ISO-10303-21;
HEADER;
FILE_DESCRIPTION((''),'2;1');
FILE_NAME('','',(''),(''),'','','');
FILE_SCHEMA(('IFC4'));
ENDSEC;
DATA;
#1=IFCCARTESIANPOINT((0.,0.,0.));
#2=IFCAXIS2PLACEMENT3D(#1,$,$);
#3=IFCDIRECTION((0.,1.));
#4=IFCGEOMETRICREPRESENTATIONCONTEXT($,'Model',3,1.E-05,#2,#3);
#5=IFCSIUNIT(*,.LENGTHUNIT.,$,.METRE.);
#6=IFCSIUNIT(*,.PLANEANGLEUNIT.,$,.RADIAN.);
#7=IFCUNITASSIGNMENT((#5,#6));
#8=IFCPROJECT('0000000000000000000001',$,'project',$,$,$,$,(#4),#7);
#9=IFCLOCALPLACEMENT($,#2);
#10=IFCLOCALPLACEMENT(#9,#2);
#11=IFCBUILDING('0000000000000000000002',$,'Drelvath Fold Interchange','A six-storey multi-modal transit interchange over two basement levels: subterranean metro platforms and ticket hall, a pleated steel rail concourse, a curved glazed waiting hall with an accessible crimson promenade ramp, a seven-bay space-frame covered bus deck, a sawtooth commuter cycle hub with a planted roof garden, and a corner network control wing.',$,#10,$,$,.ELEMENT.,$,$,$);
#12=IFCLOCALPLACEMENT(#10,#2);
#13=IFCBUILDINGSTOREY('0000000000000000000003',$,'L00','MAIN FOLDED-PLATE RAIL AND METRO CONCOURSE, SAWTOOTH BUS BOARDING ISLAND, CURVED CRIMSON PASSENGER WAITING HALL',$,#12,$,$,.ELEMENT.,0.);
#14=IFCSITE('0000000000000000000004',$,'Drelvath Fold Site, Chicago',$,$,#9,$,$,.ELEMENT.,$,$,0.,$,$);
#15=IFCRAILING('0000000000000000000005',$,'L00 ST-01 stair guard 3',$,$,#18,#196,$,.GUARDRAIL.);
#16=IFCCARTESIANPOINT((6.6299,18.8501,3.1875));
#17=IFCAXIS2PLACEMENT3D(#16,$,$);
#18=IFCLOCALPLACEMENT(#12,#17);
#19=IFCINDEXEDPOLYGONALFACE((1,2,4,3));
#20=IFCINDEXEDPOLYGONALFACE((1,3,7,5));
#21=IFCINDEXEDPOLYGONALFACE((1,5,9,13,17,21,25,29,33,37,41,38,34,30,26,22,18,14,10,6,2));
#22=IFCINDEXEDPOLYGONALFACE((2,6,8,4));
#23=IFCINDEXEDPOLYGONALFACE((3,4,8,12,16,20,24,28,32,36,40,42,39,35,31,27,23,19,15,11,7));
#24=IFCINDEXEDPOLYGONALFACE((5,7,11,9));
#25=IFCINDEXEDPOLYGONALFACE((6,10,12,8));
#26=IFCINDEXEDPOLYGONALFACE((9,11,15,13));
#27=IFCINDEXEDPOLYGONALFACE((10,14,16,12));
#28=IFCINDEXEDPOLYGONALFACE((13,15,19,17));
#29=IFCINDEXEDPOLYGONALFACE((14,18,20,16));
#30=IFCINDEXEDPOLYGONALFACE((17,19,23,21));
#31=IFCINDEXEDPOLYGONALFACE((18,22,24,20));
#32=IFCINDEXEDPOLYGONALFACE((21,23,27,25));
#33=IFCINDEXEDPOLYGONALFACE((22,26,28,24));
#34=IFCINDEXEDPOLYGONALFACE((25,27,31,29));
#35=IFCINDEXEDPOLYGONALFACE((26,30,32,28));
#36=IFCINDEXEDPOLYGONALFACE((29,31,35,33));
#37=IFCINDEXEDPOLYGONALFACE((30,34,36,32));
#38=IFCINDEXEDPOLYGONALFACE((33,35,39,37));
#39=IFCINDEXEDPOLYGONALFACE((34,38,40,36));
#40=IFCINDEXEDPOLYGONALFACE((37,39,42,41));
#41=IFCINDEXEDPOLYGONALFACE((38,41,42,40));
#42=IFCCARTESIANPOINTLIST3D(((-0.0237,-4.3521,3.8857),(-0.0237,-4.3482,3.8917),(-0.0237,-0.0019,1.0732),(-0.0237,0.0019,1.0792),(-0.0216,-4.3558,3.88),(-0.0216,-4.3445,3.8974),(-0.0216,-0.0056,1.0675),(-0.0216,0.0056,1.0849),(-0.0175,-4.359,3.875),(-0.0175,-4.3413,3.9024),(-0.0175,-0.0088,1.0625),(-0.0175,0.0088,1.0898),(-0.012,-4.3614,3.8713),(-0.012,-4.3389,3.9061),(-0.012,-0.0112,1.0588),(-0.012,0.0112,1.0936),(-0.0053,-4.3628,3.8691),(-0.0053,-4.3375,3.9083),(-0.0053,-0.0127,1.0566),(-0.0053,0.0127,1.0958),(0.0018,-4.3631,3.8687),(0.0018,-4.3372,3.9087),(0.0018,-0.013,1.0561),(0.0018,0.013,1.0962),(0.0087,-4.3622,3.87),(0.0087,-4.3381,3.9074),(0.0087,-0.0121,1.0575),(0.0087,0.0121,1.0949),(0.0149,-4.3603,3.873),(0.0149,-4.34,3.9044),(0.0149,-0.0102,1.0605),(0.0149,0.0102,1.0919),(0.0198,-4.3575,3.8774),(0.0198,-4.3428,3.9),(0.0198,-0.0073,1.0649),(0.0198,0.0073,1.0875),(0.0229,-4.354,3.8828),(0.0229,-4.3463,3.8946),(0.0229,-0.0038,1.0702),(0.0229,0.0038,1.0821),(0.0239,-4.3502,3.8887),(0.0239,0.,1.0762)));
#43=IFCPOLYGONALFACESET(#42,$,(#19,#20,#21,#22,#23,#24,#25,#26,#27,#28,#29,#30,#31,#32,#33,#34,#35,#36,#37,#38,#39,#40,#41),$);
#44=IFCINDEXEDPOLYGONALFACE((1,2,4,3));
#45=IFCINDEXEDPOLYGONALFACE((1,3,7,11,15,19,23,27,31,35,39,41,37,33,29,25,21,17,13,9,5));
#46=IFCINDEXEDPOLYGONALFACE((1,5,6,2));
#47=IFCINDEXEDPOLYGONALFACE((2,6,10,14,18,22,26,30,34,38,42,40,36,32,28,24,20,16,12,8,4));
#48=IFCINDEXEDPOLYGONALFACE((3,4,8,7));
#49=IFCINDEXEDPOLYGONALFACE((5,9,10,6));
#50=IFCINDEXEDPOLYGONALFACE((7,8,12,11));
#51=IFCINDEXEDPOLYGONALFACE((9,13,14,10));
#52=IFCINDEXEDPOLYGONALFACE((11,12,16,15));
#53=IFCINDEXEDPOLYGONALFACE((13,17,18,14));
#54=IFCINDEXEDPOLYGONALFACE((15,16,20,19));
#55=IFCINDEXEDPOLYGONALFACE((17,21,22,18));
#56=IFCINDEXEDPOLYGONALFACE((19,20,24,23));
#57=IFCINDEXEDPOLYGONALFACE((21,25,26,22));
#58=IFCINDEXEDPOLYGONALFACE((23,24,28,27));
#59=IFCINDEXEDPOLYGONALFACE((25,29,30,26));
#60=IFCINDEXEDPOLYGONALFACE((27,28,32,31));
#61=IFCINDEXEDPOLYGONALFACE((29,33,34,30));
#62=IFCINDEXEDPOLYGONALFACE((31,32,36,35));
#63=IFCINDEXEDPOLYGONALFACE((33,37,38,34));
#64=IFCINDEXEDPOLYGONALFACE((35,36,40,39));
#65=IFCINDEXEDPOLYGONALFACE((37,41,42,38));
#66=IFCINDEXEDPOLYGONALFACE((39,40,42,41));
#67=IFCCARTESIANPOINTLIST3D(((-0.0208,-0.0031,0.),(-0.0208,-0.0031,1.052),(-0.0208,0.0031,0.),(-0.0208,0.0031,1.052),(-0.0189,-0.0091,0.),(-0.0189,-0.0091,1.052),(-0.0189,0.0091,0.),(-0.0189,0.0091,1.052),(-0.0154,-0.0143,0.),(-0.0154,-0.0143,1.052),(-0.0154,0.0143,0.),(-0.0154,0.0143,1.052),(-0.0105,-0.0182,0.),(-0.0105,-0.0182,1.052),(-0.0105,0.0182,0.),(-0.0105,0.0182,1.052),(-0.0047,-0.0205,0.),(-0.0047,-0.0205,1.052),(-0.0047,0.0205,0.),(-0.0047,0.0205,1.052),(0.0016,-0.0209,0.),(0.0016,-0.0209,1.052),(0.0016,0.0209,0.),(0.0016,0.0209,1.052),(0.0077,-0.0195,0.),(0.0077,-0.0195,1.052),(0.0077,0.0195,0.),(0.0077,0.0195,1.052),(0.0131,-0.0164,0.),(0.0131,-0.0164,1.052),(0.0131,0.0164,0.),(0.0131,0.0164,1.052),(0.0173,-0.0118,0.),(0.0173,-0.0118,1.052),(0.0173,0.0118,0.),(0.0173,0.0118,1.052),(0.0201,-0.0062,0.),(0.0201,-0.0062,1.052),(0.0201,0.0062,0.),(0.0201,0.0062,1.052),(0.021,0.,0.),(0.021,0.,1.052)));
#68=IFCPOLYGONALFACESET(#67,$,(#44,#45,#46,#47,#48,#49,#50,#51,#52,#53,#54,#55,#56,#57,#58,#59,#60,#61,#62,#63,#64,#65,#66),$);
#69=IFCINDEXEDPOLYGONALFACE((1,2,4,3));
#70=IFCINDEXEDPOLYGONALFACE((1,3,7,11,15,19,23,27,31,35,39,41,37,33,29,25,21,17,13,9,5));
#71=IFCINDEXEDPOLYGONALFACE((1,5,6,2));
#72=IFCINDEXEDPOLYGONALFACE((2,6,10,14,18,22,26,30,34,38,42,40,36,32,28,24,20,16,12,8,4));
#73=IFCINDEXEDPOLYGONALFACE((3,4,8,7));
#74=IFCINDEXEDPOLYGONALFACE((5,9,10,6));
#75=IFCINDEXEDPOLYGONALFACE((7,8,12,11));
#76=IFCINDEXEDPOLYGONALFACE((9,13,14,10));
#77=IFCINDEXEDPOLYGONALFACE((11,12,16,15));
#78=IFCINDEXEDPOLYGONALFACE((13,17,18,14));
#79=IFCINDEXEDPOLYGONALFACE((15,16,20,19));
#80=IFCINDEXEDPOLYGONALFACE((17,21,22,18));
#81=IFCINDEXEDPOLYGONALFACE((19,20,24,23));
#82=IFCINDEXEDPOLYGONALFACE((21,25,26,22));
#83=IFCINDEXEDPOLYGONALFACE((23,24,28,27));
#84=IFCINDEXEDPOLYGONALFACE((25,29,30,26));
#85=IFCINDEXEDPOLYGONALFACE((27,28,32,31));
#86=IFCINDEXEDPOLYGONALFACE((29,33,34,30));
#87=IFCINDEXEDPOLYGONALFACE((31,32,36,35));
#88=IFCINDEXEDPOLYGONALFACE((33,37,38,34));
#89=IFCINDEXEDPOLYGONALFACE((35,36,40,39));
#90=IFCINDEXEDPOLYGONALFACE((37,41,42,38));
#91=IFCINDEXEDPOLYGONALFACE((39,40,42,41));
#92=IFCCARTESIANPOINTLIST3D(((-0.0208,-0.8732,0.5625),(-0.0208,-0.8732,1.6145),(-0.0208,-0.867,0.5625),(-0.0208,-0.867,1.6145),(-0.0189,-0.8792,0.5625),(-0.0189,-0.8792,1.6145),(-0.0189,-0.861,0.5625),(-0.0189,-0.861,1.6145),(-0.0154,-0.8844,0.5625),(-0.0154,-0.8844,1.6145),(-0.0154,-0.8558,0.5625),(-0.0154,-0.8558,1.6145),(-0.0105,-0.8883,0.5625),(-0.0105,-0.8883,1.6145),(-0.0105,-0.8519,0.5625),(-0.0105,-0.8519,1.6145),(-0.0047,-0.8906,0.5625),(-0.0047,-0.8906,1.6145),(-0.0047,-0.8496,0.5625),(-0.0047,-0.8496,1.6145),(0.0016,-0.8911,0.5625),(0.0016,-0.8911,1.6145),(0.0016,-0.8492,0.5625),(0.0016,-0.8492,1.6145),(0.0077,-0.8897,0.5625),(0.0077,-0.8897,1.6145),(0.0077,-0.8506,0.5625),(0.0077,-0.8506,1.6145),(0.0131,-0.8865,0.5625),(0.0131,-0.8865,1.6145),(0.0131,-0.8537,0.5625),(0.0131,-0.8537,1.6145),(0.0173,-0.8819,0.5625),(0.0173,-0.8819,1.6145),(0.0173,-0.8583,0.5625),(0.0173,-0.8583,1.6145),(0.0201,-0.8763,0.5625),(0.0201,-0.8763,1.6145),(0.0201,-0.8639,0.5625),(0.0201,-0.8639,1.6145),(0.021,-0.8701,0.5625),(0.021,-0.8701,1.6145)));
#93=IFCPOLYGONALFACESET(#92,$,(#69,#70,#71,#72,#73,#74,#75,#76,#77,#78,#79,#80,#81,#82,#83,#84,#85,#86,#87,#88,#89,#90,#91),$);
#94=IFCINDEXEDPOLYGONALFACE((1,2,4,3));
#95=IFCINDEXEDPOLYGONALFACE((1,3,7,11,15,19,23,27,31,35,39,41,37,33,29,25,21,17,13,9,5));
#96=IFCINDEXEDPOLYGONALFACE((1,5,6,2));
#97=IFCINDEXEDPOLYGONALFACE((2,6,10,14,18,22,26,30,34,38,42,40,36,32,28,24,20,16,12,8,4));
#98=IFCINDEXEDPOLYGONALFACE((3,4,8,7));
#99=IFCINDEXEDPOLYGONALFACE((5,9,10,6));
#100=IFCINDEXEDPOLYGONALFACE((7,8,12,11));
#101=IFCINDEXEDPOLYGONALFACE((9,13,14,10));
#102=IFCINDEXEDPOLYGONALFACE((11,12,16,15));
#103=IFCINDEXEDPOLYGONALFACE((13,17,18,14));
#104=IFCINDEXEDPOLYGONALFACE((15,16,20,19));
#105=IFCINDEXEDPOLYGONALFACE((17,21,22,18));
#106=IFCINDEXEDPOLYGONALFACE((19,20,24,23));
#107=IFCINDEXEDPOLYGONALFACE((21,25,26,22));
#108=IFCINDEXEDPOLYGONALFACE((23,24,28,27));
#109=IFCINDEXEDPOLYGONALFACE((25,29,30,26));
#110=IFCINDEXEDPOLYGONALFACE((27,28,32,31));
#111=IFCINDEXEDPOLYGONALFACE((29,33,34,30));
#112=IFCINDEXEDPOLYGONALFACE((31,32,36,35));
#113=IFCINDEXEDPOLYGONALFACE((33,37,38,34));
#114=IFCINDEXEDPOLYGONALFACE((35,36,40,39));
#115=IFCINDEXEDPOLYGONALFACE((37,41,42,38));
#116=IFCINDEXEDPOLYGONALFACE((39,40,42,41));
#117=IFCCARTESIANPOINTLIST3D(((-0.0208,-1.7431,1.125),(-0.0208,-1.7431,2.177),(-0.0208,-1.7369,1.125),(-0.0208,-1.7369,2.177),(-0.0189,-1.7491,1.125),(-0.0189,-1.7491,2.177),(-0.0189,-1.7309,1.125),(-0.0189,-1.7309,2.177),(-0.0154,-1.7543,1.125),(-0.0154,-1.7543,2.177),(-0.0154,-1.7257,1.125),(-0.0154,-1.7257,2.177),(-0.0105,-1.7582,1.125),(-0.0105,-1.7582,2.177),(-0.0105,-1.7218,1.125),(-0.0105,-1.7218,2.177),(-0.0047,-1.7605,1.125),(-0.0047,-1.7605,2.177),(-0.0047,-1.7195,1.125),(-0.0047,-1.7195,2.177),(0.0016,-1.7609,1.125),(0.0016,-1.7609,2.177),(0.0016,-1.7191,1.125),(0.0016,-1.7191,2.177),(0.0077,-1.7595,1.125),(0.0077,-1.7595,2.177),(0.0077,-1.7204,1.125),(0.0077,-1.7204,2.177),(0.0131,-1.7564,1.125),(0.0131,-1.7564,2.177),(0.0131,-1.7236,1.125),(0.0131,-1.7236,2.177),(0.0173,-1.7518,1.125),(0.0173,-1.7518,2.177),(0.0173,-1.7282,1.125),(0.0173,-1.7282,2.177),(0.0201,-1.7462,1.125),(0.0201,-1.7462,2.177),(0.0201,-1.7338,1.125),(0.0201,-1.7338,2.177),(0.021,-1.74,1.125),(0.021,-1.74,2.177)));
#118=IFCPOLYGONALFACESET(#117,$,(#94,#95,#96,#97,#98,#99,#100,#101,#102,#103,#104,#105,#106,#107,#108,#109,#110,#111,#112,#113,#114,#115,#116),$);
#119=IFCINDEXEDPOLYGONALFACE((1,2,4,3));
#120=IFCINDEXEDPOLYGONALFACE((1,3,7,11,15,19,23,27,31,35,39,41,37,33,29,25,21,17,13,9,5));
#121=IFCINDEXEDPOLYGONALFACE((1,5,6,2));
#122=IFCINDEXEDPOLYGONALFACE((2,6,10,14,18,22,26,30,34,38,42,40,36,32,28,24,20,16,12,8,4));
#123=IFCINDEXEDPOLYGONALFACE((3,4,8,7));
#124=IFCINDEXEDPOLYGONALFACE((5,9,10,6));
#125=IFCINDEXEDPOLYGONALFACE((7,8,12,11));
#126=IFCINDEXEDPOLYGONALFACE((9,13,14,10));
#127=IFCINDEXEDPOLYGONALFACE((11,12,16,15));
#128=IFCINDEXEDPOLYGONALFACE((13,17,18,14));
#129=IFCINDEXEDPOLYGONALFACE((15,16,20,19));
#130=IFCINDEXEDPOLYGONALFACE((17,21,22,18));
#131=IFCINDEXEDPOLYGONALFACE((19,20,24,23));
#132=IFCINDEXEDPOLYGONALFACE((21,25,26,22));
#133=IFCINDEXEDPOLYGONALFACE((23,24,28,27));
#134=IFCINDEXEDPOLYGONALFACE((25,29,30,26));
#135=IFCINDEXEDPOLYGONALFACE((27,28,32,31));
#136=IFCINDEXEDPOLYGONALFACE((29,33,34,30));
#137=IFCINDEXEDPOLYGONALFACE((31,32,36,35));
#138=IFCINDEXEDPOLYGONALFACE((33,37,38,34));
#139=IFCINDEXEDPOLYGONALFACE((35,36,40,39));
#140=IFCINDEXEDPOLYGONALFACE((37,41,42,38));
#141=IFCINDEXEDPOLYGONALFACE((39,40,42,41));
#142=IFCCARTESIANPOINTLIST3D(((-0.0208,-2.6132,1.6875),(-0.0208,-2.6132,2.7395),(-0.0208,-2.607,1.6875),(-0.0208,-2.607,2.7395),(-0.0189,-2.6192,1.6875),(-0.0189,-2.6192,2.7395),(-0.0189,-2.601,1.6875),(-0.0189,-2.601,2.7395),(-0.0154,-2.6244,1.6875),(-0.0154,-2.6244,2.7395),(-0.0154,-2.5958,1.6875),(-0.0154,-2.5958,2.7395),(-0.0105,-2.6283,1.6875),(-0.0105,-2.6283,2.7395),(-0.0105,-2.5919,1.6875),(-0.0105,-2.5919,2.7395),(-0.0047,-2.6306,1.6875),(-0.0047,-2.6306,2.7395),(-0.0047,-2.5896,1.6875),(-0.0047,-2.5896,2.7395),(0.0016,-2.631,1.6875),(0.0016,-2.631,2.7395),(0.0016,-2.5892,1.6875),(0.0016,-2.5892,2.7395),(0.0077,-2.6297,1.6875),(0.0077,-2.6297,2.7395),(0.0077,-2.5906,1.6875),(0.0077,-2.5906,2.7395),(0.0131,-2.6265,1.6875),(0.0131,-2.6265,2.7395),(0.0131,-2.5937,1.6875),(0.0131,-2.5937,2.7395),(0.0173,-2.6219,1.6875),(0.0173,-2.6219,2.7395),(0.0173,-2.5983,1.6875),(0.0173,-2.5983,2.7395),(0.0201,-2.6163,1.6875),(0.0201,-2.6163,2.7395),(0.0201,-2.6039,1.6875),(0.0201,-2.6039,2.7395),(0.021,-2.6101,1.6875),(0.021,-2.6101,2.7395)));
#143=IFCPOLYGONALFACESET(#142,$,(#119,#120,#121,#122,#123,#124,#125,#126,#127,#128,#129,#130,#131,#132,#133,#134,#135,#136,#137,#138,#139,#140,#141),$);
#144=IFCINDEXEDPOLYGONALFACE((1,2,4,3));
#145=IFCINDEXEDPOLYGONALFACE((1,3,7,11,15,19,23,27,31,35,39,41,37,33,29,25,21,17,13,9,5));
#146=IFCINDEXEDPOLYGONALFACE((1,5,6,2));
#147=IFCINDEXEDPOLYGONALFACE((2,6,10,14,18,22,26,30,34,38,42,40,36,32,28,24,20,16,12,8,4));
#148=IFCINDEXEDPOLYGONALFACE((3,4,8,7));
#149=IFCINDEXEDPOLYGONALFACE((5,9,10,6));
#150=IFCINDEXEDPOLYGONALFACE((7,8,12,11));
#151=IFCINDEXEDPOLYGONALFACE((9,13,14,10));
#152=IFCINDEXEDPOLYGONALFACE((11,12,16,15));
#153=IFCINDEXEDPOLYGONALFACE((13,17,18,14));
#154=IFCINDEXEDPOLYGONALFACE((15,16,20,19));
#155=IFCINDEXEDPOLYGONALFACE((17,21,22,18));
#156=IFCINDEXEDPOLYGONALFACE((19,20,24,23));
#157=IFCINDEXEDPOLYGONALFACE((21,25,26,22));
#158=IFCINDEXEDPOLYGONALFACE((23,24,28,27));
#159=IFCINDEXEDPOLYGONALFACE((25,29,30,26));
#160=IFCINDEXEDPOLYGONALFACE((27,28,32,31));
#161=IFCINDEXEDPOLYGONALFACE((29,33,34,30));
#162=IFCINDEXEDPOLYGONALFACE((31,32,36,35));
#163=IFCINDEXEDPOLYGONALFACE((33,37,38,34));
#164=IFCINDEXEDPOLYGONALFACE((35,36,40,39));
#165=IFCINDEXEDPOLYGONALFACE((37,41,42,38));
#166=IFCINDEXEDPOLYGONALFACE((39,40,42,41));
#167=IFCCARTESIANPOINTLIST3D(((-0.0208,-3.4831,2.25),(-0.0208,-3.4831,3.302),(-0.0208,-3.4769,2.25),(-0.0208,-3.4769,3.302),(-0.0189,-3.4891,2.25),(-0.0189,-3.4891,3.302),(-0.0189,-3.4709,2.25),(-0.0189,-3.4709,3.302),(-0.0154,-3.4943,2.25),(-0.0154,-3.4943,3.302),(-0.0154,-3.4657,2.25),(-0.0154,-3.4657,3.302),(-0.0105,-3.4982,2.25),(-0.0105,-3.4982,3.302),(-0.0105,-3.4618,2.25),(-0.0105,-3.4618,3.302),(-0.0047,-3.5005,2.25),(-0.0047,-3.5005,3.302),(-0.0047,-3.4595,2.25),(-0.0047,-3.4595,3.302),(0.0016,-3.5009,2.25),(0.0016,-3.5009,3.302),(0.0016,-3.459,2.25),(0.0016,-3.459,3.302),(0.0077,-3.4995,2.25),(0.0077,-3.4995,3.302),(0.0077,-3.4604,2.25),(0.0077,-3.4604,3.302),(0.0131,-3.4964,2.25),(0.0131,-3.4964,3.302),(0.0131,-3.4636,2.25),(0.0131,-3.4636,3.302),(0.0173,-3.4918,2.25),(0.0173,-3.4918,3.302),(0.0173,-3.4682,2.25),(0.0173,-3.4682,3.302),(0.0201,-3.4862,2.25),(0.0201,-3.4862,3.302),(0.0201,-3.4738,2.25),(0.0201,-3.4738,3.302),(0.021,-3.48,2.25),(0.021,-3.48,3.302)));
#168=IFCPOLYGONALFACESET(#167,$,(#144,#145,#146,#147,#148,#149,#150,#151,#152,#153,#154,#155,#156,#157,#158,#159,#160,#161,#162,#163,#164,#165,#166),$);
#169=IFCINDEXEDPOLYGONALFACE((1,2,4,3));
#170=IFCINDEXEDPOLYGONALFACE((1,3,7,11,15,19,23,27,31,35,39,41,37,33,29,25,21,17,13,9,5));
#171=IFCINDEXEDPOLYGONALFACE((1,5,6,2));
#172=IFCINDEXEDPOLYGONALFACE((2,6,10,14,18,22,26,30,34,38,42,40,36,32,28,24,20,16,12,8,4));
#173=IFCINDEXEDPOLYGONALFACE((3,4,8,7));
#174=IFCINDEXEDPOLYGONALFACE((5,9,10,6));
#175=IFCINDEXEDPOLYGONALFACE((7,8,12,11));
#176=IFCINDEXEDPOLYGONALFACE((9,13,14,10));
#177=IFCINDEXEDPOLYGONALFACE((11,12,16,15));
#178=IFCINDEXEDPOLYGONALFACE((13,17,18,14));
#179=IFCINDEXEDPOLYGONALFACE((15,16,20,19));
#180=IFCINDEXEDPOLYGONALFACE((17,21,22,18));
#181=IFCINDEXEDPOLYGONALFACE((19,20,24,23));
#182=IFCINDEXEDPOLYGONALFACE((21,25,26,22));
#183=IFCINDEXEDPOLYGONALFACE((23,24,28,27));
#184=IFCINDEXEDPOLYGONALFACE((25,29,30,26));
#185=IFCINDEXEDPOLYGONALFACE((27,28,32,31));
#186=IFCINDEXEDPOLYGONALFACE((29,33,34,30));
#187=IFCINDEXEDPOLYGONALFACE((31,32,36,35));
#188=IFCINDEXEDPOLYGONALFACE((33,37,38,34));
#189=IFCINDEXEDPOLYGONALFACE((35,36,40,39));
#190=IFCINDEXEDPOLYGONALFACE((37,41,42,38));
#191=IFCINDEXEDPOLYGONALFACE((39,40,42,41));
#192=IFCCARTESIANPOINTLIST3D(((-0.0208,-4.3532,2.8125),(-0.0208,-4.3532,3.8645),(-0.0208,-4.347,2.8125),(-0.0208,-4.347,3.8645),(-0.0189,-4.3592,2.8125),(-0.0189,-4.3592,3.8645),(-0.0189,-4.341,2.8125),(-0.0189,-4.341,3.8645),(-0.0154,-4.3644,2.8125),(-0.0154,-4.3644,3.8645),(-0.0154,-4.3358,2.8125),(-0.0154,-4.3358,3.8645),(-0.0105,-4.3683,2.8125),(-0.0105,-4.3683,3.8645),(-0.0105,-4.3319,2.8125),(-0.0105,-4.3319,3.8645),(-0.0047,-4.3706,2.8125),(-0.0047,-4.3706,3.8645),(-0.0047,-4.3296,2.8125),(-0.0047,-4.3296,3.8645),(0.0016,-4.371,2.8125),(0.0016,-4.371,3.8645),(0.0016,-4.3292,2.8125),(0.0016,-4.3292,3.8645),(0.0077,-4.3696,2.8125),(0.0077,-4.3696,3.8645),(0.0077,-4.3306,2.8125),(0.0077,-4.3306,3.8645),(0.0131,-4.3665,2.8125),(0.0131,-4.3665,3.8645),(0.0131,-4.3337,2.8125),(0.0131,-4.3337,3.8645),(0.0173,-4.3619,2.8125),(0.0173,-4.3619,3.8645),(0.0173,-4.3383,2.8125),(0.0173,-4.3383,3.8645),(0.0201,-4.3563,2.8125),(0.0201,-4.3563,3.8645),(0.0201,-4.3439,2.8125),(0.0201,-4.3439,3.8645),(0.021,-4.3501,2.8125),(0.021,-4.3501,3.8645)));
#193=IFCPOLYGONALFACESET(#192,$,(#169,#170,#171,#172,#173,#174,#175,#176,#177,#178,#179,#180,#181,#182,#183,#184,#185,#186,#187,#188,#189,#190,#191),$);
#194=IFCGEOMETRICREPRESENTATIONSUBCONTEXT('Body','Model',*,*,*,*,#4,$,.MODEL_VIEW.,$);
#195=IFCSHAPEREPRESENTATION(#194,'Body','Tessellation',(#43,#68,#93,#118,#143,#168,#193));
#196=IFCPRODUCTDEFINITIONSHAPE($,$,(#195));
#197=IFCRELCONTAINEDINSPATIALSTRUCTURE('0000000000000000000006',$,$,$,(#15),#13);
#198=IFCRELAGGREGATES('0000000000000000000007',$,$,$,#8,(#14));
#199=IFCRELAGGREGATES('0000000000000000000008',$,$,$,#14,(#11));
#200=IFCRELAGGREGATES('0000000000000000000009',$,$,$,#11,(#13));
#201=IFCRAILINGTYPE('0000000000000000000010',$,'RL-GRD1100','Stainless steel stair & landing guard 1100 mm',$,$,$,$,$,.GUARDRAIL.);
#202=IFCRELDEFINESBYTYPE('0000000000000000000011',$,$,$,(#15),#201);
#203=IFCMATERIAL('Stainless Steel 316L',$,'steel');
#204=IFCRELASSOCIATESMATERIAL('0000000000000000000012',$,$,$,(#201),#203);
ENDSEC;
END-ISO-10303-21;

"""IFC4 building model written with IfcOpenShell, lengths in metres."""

from ifc_helpers import new_model, si_unit, direction, frame, origin, origin_2d, place, context, subcontext, project, spatial, circle, extrude, material, type_object, element, save


model = new_model("IFC4")

# Units and contexts
model_context = context("Model", 3, precision=1e-05, world=origin(), true_north=direction((0.0, 1.0)))
body_context = subcontext(model_context, "Body", "Model", "MODEL_VIEW")
ifc_project = project(units=[si_unit("LENGTHUNIT", "METRE"), si_unit("PLANEANGLEUNIT", "RADIAN")], contexts=[model_context])

# Site, building, storey
site_placement = place(None, origin())
site = spatial("IfcSite", under=ifc_project, at=site_placement, Name="Drelvath Fold Site, Chicago", CompositionType="ELEMENT", RefElevation=0.0)
building_placement = place(site_placement, origin())
building = spatial("IfcBuilding", under=site, at=building_placement, Name="Drelvath Fold Interchange", Description="A six-storey multi-modal transit interchange over two basement levels: subterranean metro platforms and ticket hall, a pleated steel rail concourse, a curved glazed waiting hall with an accessible crimson promenade ramp, a seven-bay space-frame covered bus deck, a sawtooth commuter cycle hub with a planted roof garden, and a corner network control wing.", CompositionType="ELEMENT")
storey_placement = place(building_placement, origin())
storey = spatial("IfcBuildingStorey", under=building, at=storey_placement, Name="L00", Description="MAIN FOLDED-PLATE RAIL AND METRO CONCOURSE, SAWTOOTH BUS BOARDING ISLAND, CURVED CRIMSON PASSENGER WAITING HALL", CompositionType="ELEMENT", Elevation=0.0)

# Railing
ifc_material_1 = material(Name="Stainless Steel 316L", Category="steel")
railing_type_1 = type_object("IfcRailingType", Name="RL-GRD1100", Description="Stainless steel stair & landing guard 1100 mm", PredefinedType="GUARDRAIL", material=ifc_material_1)
railing_1_placement = place(storey_placement, frame((6.6299, 18.8501, 3.1875)))
element("IfcRailing", 1, at=railing_1_placement, inside=storey, type_object=railing_type_1, Name="L00 ST-01 stair guard 3", PredefinedType="GUARDRAIL", context=body_context, shape_type="SweptSolid", body=[
    extrude(circle(Radius=0.0239, at=origin_2d()), frame((0.0, 0.0, 1.0762), z_axis=(0.0, -0.83977, 0.542942), x_axis=(1.0, 0.0, 0.0)), (0.0, 0.0, 1.0), 5.1802),
    extrude(circle(Radius=0.021, at=origin_2d()), origin(), (0.0, 0.0, 1.0), 1.052),
    extrude(circle(Radius=0.021, at=origin_2d()), frame((0.0, -0.8701, 0.5625)), (0.0, 0.0, 1.0), 1.052),
    extrude(circle(Radius=0.021, at=origin_2d()), frame((0.0, -1.74, 1.125)), (0.0, 0.0, 1.0), 1.052),
    extrude(circle(Radius=0.021, at=origin_2d()), frame((0.0, -2.6101, 1.6875)), (0.0, 0.0, 1.0), 1.052),
    extrude(circle(Radius=0.021, at=origin_2d()), frame((0.0, -3.48, 2.25)), (0.0, 0.0, 1.0), 1.052),
    extrude(circle(Radius=0.021, at=origin_2d()), frame((0.0, -4.3501, 2.8125)), (0.0, 0.0, 1.0), 1.052),
])

save(model, "model.ifc")
